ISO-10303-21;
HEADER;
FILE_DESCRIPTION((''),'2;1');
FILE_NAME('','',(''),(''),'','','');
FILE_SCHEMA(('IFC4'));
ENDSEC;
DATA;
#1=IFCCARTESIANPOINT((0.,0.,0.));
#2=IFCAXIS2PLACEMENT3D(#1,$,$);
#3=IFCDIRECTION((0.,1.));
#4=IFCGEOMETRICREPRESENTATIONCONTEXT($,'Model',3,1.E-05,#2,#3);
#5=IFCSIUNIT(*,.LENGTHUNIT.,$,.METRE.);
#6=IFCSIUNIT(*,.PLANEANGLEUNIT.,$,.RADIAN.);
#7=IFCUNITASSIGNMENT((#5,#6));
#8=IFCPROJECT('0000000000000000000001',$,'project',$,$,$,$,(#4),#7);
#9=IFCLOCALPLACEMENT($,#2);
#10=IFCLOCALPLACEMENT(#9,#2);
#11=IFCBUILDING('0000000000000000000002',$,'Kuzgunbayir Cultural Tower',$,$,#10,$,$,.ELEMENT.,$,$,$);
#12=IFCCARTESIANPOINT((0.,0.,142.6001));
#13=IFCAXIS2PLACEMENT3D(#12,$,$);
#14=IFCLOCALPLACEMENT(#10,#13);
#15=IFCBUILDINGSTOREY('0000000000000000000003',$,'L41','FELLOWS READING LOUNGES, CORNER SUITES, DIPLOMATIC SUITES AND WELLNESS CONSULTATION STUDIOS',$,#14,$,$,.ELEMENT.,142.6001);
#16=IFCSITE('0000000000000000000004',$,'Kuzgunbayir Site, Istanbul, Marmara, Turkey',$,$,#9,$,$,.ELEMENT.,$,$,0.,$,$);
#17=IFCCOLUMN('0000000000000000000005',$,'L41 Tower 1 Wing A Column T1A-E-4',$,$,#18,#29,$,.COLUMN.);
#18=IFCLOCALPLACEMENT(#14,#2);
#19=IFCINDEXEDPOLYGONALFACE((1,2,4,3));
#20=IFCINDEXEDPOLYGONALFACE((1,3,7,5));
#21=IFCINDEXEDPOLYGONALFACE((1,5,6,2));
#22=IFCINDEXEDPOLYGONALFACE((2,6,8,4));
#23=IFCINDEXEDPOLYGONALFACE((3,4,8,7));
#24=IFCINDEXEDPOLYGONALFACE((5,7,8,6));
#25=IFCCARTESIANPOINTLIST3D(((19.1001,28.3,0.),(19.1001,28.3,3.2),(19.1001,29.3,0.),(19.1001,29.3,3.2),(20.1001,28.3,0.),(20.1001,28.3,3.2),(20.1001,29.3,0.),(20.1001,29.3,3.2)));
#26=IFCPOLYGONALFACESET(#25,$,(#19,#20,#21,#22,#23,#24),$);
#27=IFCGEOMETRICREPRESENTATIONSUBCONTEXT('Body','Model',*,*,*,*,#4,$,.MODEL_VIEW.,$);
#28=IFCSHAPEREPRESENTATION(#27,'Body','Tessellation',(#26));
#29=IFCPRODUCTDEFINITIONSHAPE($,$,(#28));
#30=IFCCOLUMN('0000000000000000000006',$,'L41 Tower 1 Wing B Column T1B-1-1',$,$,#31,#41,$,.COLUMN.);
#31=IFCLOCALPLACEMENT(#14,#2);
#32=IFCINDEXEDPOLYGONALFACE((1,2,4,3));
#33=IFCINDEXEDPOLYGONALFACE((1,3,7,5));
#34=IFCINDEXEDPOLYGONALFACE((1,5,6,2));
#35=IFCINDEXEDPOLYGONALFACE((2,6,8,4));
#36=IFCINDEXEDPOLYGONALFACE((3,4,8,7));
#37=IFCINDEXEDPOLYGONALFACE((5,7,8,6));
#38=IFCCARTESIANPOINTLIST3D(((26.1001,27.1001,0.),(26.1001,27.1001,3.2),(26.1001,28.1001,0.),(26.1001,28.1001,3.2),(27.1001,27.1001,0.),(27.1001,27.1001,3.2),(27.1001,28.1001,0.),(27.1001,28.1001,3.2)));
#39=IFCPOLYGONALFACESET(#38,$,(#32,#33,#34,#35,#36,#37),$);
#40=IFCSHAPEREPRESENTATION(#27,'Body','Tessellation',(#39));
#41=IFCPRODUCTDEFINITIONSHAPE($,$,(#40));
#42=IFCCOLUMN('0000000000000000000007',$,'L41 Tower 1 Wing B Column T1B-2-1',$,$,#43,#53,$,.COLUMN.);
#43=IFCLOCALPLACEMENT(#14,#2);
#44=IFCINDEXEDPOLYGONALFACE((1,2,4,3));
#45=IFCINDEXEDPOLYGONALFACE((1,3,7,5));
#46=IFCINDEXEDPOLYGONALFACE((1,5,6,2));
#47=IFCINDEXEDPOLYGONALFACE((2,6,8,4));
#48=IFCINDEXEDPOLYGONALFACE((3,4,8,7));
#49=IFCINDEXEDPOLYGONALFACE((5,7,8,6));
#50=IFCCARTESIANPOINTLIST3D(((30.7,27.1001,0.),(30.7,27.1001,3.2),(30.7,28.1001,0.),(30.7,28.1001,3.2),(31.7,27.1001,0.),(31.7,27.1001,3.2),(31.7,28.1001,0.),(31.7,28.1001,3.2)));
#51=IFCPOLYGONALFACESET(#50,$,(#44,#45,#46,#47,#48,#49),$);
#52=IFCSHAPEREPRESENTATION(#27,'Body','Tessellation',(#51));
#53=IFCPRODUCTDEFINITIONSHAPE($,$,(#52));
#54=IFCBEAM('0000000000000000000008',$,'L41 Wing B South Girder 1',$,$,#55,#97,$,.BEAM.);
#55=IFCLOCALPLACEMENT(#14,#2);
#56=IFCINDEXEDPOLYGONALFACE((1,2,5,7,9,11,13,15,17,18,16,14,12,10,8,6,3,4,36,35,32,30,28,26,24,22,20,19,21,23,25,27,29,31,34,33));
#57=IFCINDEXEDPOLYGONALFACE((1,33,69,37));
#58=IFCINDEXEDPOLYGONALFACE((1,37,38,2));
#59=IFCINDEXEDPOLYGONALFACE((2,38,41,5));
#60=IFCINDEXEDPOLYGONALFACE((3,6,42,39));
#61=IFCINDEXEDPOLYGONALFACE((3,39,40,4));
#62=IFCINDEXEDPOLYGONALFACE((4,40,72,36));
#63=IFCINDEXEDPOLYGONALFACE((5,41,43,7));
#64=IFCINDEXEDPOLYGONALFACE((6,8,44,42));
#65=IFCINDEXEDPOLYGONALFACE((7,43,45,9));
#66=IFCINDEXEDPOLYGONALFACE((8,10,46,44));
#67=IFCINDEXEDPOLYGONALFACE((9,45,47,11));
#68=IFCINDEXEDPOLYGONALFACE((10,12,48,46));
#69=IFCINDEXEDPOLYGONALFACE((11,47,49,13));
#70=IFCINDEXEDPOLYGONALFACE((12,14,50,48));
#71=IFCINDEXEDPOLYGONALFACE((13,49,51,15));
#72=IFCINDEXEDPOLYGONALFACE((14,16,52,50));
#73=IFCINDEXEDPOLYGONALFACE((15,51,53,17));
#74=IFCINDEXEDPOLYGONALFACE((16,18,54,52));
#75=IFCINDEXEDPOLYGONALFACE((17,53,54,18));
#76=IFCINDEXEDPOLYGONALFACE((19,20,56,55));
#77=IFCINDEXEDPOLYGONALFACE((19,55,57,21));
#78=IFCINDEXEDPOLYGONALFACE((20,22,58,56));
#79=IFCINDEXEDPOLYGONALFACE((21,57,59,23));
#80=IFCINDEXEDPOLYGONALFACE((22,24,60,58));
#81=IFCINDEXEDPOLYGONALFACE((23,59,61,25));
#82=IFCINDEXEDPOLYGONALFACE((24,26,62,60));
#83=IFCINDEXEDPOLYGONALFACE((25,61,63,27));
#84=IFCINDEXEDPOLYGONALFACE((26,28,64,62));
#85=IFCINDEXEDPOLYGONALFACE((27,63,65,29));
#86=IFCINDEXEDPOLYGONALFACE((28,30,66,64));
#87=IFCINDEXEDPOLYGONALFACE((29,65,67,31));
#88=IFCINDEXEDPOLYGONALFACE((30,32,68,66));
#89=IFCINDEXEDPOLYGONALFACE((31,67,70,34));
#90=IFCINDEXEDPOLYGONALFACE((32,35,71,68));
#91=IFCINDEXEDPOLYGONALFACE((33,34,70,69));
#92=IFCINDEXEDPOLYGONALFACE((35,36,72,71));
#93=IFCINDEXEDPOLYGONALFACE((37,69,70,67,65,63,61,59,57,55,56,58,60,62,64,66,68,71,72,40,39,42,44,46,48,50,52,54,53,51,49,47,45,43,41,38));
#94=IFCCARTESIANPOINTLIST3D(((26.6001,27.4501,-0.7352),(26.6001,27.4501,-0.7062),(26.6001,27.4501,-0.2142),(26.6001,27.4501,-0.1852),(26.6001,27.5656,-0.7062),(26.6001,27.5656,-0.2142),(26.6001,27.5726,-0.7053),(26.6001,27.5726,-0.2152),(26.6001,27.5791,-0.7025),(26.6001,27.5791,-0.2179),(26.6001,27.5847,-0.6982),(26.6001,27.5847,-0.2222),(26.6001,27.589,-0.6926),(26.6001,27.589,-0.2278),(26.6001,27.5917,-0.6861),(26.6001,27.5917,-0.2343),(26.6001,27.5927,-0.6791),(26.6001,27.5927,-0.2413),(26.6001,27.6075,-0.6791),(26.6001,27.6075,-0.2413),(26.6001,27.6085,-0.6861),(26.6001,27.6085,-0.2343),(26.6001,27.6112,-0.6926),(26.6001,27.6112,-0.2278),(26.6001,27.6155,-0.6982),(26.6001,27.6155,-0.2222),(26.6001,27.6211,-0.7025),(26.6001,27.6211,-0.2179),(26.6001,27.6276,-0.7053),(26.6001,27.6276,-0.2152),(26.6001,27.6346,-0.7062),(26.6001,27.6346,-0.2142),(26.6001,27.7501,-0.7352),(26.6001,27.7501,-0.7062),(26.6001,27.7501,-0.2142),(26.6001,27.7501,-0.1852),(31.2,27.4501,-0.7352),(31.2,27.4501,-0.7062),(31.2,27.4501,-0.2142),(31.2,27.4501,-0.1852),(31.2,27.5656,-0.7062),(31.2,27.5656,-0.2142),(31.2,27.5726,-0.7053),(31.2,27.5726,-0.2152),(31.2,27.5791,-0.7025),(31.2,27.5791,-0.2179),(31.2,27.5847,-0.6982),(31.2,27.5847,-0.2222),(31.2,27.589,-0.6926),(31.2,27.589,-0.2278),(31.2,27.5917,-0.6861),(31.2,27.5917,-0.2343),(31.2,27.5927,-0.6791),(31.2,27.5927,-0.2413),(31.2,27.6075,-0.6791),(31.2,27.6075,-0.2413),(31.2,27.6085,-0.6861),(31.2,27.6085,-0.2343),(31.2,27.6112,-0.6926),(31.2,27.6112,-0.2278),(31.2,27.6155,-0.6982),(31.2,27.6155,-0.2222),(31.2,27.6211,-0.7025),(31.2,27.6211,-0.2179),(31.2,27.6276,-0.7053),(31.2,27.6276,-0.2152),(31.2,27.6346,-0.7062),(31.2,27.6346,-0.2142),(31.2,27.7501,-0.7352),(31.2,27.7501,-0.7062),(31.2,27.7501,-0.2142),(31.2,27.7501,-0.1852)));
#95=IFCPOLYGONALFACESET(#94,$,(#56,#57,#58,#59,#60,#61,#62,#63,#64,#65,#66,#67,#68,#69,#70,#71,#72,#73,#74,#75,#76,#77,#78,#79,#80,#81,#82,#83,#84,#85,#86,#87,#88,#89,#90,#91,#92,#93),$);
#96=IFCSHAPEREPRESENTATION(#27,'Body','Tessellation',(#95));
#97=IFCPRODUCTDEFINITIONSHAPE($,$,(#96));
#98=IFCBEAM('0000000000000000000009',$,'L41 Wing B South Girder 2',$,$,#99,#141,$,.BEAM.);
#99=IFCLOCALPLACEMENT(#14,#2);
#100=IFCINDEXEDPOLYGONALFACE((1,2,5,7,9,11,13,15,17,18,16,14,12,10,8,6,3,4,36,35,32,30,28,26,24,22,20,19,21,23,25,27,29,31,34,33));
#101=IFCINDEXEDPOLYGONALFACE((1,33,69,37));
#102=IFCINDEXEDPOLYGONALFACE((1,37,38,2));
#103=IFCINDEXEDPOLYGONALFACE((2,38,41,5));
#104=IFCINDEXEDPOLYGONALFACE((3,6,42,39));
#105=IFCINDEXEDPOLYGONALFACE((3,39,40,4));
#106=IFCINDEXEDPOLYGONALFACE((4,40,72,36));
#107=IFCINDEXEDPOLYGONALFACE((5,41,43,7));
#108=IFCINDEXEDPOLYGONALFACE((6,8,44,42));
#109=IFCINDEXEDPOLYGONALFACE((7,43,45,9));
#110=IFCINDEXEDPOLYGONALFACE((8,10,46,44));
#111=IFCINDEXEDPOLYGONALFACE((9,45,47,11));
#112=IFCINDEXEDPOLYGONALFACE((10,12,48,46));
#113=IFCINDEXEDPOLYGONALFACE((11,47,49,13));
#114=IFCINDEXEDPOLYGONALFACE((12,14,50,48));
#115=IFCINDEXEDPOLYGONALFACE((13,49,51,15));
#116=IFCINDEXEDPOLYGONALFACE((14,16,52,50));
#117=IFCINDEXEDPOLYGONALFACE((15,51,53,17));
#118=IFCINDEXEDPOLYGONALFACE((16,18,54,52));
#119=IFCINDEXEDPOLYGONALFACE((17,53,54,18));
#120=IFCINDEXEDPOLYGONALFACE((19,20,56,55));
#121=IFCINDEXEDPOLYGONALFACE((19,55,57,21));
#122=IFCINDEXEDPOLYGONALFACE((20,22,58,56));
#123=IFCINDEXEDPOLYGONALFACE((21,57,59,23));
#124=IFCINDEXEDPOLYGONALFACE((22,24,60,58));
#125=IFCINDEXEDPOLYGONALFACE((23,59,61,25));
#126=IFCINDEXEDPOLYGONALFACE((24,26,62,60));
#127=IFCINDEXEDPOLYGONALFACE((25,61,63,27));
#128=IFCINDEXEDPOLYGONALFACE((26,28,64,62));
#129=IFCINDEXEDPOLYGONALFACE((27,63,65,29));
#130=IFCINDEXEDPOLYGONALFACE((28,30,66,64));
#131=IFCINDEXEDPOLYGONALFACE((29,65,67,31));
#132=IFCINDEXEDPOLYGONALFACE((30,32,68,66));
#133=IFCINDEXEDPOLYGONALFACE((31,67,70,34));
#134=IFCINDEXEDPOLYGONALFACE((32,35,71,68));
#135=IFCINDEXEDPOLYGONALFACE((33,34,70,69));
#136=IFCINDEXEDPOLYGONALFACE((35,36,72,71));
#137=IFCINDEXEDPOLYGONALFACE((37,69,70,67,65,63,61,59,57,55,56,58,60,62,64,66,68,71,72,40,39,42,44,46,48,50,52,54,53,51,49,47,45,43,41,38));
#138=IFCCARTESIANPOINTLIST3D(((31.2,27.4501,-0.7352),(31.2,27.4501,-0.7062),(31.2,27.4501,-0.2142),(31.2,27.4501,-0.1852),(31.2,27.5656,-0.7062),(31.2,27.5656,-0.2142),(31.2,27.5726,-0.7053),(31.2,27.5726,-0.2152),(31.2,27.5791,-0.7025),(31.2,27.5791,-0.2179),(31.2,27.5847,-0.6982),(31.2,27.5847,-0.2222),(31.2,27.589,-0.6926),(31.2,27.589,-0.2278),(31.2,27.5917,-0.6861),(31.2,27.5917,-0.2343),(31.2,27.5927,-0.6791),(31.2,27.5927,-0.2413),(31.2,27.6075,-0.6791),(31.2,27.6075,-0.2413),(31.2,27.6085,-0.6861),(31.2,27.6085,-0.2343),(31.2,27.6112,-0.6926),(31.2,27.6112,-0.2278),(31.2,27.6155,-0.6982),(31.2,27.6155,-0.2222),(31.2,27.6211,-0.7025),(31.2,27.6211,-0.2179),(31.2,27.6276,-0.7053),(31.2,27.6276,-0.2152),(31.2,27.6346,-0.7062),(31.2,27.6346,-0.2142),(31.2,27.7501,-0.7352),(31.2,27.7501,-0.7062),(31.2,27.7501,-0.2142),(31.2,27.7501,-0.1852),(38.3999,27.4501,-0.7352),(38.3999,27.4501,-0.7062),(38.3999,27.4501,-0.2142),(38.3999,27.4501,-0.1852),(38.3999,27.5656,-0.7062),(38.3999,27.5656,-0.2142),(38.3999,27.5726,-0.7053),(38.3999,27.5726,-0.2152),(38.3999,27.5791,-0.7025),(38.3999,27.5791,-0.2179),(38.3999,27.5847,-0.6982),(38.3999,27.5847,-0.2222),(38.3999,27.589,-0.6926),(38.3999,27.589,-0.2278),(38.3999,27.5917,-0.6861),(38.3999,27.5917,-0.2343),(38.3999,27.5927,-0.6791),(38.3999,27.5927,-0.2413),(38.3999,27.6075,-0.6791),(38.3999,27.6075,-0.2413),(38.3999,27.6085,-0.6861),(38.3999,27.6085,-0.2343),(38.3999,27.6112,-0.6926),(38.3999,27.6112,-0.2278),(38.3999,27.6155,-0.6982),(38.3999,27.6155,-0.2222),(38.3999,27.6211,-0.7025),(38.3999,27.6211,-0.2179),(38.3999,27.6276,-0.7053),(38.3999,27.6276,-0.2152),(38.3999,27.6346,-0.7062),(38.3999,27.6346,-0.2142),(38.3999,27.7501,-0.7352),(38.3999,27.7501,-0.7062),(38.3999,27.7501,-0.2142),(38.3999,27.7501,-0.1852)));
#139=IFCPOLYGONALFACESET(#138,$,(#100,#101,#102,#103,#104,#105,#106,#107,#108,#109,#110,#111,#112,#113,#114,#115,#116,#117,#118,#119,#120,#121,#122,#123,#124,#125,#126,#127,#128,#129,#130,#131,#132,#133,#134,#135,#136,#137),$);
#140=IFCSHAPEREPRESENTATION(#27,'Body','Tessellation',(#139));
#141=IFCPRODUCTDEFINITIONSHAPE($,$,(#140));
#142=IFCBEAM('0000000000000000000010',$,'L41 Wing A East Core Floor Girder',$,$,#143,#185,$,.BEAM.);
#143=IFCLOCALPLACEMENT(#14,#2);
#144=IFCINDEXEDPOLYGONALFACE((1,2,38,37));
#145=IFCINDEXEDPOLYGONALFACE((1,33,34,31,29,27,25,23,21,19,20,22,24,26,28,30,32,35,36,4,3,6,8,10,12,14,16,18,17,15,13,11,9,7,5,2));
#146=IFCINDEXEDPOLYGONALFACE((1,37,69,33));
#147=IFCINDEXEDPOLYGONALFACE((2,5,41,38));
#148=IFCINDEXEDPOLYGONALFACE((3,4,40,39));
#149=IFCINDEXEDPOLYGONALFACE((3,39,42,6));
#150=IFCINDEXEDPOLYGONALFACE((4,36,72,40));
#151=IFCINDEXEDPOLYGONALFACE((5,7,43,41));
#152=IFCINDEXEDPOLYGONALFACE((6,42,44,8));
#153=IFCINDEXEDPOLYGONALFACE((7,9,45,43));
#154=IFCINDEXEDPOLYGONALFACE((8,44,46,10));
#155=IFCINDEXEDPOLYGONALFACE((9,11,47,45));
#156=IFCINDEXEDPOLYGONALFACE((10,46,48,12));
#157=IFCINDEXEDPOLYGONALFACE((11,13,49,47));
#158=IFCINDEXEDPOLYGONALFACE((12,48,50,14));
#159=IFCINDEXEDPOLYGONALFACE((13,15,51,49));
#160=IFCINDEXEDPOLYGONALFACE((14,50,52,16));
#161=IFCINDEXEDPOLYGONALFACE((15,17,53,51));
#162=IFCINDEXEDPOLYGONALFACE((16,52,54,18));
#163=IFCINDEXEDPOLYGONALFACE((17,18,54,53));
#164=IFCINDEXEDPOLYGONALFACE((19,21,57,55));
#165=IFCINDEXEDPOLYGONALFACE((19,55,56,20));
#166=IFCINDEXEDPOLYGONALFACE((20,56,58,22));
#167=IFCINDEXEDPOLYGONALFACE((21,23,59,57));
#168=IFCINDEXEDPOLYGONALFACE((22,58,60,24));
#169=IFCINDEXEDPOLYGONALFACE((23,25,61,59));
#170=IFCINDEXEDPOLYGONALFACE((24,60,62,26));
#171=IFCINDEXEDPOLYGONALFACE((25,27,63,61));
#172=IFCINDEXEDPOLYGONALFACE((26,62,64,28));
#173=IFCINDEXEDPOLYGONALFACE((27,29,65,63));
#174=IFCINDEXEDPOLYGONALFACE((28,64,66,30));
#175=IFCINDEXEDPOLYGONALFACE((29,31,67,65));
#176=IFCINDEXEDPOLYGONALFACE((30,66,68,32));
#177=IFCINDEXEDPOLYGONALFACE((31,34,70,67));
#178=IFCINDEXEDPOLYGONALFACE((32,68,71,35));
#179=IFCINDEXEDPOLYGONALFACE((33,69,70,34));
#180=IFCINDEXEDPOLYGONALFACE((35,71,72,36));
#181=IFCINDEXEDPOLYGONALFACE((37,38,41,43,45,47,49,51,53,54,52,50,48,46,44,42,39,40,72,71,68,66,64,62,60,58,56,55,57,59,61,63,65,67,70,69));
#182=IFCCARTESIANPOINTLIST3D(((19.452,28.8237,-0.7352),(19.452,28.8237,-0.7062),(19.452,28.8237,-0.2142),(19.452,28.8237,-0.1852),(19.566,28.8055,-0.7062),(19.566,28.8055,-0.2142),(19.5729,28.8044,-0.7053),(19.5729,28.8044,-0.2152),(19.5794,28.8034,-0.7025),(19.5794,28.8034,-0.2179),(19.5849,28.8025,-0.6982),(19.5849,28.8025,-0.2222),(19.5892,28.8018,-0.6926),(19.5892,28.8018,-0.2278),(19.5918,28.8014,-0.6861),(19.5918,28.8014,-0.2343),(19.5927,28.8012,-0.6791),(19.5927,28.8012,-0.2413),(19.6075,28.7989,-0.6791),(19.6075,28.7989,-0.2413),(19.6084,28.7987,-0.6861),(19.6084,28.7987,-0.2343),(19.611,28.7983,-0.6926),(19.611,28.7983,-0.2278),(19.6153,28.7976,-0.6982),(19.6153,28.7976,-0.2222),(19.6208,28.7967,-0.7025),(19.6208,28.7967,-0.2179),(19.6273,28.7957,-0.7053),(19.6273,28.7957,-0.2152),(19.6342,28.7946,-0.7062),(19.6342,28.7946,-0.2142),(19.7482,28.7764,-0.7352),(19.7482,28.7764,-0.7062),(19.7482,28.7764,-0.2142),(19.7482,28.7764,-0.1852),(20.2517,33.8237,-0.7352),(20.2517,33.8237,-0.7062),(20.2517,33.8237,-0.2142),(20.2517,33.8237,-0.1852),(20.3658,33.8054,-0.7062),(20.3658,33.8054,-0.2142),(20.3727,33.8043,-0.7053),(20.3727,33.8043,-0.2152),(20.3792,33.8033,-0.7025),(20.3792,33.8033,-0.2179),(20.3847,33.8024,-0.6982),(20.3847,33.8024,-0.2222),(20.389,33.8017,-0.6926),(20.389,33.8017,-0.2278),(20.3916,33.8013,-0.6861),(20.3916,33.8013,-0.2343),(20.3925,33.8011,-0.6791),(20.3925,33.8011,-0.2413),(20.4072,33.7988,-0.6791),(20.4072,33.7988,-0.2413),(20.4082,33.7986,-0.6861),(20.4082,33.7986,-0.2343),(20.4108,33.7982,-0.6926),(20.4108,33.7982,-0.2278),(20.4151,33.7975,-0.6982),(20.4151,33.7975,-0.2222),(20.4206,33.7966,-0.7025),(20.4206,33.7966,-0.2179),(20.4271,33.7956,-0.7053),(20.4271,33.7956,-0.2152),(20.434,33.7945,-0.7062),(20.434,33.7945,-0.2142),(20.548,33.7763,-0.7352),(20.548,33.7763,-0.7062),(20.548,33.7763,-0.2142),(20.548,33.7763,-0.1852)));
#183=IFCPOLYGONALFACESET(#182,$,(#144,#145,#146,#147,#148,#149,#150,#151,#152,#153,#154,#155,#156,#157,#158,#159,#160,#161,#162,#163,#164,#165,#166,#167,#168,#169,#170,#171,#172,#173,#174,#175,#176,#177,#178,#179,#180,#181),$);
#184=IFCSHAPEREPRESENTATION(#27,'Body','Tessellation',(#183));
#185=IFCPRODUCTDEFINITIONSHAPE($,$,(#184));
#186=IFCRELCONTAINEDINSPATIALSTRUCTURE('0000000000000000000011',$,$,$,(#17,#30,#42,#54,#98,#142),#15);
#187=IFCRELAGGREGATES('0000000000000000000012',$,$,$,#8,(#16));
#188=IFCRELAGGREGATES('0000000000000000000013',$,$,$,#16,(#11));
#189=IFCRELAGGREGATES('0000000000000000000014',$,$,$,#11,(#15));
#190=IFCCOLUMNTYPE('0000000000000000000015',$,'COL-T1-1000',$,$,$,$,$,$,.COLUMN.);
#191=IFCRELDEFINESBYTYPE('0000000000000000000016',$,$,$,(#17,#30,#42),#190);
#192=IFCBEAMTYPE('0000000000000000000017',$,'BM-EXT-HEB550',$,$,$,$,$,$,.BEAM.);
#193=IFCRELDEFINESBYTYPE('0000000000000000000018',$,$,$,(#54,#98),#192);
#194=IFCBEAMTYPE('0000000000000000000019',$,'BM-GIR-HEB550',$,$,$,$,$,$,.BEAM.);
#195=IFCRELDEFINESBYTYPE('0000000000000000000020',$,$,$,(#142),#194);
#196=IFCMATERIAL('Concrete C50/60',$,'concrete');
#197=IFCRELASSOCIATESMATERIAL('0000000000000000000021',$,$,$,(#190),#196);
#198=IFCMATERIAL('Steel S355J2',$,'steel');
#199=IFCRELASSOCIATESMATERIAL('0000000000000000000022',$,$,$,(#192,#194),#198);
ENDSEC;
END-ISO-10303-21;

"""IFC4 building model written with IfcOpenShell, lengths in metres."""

from ifc_helpers import new_model, si_unit, direction, frame, origin, origin_2d, place, context, subcontext, project, spatial, rectangle, i_section, extrude, material, material_profile, profile_set, type_object, element, save


model = new_model("IFC4")

# Units and contexts
model_context = context("Model", 3, precision=1e-05, world=origin(), true_north=direction((0.0, 1.0)))
body_context = subcontext(model_context, "Body", "Model", "MODEL_VIEW")
ifc_project = project(units=[si_unit("LENGTHUNIT", "METRE"), si_unit("PLANEANGLEUNIT", "RADIAN")], contexts=[model_context])

# Site, building, storey
site_placement = place(None, origin())
site = spatial("IfcSite", under=ifc_project, at=site_placement, Name="Kuzgunbayir Site, Istanbul, Marmara, Turkey", CompositionType="ELEMENT", RefElevation=0.0)
building_placement = place(site_placement, origin())
building = spatial("IfcBuilding", under=site, at=building_placement, Name="Kuzgunbayir Cultural Tower", CompositionType="ELEMENT")
storey_placement = place(building_placement, frame((0.0, 0.0, 142.6001)))
storey = spatial("IfcBuildingStorey", under=building, at=storey_placement, Name="L41", Description="FELLOWS READING LOUNGES, CORNER SUITES, DIPLOMATIC SUITES AND WELLNESS CONSULTATION STUDIOS", CompositionType="ELEMENT", Elevation=142.6001)

# Columns
ifc_material_1 = material(Name="Concrete C50/60", Category="concrete")
ifc_material_profile_1 = material_profile(ifc_material_1, rectangle(XDim=1.0, YDim=1.0, at=origin_2d()), Name="RC 1000x1000")
ifc_profile_set_1 = profile_set([ifc_material_profile_1], Name="Concrete C50/60")
column_type = type_object("IfcColumnType", Name="COL-T1-1000", PredefinedType="COLUMN", material=ifc_profile_set_1)
for number, where, z_axis, x_axis, name in (
    (1, (19.6001, 28.8, 0.0), (0.0, 0.0, 1.0), (1.0, 0.0, 0.0), "L41 Tower 1 Wing A Column T1A-E-4"),
    (2, (26.6001, 27.6001, 0.0), (0.0, 0.0, 1.0), (1.0, 0.0, 0.0), "L41 Tower 1 Wing B Column T1B-1-1"),
    (3, (31.2, 27.6001, 0.0), (0.0, 0.0, 1.0), (1.0, 0.0, 0.0), "L41 Tower 1 Wing B Column T1B-2-1"),
):
    element("IfcColumn", number, at=place(storey_placement, frame(where, z_axis=z_axis, x_axis=x_axis)), inside=storey, type_object=column_type, Name=name, PredefinedType="COLUMN", context=body_context, shape_type="SweptSolid", body=[
        extrude(rectangle(XDim=1.0, YDim=1.0, at=origin_2d()), origin(), (0.0, 0.0, 1.0), 3.2),
    ])

# Beams
ifc_material_2 = material(Name="Steel S355J2", Category="steel")
ifc_material_profile_2 = material_profile(ifc_material_2, i_section(OverallWidth=0.3, OverallDepth=0.55, WebThickness=0.0149, FlangeThickness=0.0291, FilletRadius=0.0271, at=origin_2d()), Name="HEB 550")
ifc_profile_set_2 = profile_set([ifc_material_profile_2], Name="Steel S355J2")
beam_type_1 = type_object("IfcBeamType", Name="BM-EXT-HEB550", PredefinedType="BEAM", material=ifc_profile_set_2)
beam_1_placement = place(storey_placement, frame((26.6001, 27.6001, -0.4602), z_axis=(1.0, 0.0, 0.0), x_axis=(0.0, 1.0, 0.0)))
element("IfcBeam", 4, at=beam_1_placement, inside=storey, type_object=beam_type_1, Name="L41 Wing B South Girder 1", PredefinedType="BEAM", context=body_context, shape_type="SweptSolid", body=[
    extrude(i_section(OverallWidth=0.3, OverallDepth=0.55, WebThickness=0.0149, FlangeThickness=0.0291, FilletRadius=0.0271, at=origin_2d()), origin(), (0.0, 0.0, 1.0), 4.5999),
])
beam_2_placement = place(storey_placement, frame((31.2, 27.6001, -0.4602), z_axis=(1.0, 0.0, 0.0), x_axis=(0.0, 1.0, 0.0)))
element("IfcBeam", 5, at=beam_2_placement, inside=storey, type_object=beam_type_1, Name="L41 Wing B South Girder 2", PredefinedType="BEAM", context=body_context, shape_type="SweptSolid", body=[
    extrude(i_section(OverallWidth=0.3, OverallDepth=0.55, WebThickness=0.0149, FlangeThickness=0.0291, FilletRadius=0.0271, at=origin_2d()), origin(), (0.0, 0.0, 1.0), 7.2),
])
ifc_material_profile_3 = material_profile(ifc_material_2, i_section(OverallWidth=0.3, OverallDepth=0.55, WebThickness=0.0149, FlangeThickness=0.0291, FilletRadius=0.0271, at=origin_2d()), Name="HEB 550")
ifc_profile_set_3 = profile_set([ifc_material_profile_3], Name="Steel S355J2")
beam_type_2 = type_object("IfcBeamType", Name="BM-GIR-HEB550", PredefinedType="BEAM", material=ifc_profile_set_3)
beam_3_placement = place(storey_placement, frame((19.6001, 28.8, -0.4602), z_axis=(0.157953, 0.987447, 0.0), x_axis=(-0.987447, 0.157953, 0.0)))
element("IfcBeam", 6, at=beam_3_placement, inside=storey, type_object=beam_type_2, Name="L41 Wing A East Core Floor Girder", PredefinedType="BEAM", context=body_context, shape_type="SweptSolid", body=[
    extrude(i_section(OverallWidth=0.3, OverallDepth=0.55, WebThickness=0.0149, FlangeThickness=0.0291, FilletRadius=0.0271, at=origin_2d()), origin(), (0.0, 0.0, 1.0), 5.0635),
])

save(model, "model.ifc")
